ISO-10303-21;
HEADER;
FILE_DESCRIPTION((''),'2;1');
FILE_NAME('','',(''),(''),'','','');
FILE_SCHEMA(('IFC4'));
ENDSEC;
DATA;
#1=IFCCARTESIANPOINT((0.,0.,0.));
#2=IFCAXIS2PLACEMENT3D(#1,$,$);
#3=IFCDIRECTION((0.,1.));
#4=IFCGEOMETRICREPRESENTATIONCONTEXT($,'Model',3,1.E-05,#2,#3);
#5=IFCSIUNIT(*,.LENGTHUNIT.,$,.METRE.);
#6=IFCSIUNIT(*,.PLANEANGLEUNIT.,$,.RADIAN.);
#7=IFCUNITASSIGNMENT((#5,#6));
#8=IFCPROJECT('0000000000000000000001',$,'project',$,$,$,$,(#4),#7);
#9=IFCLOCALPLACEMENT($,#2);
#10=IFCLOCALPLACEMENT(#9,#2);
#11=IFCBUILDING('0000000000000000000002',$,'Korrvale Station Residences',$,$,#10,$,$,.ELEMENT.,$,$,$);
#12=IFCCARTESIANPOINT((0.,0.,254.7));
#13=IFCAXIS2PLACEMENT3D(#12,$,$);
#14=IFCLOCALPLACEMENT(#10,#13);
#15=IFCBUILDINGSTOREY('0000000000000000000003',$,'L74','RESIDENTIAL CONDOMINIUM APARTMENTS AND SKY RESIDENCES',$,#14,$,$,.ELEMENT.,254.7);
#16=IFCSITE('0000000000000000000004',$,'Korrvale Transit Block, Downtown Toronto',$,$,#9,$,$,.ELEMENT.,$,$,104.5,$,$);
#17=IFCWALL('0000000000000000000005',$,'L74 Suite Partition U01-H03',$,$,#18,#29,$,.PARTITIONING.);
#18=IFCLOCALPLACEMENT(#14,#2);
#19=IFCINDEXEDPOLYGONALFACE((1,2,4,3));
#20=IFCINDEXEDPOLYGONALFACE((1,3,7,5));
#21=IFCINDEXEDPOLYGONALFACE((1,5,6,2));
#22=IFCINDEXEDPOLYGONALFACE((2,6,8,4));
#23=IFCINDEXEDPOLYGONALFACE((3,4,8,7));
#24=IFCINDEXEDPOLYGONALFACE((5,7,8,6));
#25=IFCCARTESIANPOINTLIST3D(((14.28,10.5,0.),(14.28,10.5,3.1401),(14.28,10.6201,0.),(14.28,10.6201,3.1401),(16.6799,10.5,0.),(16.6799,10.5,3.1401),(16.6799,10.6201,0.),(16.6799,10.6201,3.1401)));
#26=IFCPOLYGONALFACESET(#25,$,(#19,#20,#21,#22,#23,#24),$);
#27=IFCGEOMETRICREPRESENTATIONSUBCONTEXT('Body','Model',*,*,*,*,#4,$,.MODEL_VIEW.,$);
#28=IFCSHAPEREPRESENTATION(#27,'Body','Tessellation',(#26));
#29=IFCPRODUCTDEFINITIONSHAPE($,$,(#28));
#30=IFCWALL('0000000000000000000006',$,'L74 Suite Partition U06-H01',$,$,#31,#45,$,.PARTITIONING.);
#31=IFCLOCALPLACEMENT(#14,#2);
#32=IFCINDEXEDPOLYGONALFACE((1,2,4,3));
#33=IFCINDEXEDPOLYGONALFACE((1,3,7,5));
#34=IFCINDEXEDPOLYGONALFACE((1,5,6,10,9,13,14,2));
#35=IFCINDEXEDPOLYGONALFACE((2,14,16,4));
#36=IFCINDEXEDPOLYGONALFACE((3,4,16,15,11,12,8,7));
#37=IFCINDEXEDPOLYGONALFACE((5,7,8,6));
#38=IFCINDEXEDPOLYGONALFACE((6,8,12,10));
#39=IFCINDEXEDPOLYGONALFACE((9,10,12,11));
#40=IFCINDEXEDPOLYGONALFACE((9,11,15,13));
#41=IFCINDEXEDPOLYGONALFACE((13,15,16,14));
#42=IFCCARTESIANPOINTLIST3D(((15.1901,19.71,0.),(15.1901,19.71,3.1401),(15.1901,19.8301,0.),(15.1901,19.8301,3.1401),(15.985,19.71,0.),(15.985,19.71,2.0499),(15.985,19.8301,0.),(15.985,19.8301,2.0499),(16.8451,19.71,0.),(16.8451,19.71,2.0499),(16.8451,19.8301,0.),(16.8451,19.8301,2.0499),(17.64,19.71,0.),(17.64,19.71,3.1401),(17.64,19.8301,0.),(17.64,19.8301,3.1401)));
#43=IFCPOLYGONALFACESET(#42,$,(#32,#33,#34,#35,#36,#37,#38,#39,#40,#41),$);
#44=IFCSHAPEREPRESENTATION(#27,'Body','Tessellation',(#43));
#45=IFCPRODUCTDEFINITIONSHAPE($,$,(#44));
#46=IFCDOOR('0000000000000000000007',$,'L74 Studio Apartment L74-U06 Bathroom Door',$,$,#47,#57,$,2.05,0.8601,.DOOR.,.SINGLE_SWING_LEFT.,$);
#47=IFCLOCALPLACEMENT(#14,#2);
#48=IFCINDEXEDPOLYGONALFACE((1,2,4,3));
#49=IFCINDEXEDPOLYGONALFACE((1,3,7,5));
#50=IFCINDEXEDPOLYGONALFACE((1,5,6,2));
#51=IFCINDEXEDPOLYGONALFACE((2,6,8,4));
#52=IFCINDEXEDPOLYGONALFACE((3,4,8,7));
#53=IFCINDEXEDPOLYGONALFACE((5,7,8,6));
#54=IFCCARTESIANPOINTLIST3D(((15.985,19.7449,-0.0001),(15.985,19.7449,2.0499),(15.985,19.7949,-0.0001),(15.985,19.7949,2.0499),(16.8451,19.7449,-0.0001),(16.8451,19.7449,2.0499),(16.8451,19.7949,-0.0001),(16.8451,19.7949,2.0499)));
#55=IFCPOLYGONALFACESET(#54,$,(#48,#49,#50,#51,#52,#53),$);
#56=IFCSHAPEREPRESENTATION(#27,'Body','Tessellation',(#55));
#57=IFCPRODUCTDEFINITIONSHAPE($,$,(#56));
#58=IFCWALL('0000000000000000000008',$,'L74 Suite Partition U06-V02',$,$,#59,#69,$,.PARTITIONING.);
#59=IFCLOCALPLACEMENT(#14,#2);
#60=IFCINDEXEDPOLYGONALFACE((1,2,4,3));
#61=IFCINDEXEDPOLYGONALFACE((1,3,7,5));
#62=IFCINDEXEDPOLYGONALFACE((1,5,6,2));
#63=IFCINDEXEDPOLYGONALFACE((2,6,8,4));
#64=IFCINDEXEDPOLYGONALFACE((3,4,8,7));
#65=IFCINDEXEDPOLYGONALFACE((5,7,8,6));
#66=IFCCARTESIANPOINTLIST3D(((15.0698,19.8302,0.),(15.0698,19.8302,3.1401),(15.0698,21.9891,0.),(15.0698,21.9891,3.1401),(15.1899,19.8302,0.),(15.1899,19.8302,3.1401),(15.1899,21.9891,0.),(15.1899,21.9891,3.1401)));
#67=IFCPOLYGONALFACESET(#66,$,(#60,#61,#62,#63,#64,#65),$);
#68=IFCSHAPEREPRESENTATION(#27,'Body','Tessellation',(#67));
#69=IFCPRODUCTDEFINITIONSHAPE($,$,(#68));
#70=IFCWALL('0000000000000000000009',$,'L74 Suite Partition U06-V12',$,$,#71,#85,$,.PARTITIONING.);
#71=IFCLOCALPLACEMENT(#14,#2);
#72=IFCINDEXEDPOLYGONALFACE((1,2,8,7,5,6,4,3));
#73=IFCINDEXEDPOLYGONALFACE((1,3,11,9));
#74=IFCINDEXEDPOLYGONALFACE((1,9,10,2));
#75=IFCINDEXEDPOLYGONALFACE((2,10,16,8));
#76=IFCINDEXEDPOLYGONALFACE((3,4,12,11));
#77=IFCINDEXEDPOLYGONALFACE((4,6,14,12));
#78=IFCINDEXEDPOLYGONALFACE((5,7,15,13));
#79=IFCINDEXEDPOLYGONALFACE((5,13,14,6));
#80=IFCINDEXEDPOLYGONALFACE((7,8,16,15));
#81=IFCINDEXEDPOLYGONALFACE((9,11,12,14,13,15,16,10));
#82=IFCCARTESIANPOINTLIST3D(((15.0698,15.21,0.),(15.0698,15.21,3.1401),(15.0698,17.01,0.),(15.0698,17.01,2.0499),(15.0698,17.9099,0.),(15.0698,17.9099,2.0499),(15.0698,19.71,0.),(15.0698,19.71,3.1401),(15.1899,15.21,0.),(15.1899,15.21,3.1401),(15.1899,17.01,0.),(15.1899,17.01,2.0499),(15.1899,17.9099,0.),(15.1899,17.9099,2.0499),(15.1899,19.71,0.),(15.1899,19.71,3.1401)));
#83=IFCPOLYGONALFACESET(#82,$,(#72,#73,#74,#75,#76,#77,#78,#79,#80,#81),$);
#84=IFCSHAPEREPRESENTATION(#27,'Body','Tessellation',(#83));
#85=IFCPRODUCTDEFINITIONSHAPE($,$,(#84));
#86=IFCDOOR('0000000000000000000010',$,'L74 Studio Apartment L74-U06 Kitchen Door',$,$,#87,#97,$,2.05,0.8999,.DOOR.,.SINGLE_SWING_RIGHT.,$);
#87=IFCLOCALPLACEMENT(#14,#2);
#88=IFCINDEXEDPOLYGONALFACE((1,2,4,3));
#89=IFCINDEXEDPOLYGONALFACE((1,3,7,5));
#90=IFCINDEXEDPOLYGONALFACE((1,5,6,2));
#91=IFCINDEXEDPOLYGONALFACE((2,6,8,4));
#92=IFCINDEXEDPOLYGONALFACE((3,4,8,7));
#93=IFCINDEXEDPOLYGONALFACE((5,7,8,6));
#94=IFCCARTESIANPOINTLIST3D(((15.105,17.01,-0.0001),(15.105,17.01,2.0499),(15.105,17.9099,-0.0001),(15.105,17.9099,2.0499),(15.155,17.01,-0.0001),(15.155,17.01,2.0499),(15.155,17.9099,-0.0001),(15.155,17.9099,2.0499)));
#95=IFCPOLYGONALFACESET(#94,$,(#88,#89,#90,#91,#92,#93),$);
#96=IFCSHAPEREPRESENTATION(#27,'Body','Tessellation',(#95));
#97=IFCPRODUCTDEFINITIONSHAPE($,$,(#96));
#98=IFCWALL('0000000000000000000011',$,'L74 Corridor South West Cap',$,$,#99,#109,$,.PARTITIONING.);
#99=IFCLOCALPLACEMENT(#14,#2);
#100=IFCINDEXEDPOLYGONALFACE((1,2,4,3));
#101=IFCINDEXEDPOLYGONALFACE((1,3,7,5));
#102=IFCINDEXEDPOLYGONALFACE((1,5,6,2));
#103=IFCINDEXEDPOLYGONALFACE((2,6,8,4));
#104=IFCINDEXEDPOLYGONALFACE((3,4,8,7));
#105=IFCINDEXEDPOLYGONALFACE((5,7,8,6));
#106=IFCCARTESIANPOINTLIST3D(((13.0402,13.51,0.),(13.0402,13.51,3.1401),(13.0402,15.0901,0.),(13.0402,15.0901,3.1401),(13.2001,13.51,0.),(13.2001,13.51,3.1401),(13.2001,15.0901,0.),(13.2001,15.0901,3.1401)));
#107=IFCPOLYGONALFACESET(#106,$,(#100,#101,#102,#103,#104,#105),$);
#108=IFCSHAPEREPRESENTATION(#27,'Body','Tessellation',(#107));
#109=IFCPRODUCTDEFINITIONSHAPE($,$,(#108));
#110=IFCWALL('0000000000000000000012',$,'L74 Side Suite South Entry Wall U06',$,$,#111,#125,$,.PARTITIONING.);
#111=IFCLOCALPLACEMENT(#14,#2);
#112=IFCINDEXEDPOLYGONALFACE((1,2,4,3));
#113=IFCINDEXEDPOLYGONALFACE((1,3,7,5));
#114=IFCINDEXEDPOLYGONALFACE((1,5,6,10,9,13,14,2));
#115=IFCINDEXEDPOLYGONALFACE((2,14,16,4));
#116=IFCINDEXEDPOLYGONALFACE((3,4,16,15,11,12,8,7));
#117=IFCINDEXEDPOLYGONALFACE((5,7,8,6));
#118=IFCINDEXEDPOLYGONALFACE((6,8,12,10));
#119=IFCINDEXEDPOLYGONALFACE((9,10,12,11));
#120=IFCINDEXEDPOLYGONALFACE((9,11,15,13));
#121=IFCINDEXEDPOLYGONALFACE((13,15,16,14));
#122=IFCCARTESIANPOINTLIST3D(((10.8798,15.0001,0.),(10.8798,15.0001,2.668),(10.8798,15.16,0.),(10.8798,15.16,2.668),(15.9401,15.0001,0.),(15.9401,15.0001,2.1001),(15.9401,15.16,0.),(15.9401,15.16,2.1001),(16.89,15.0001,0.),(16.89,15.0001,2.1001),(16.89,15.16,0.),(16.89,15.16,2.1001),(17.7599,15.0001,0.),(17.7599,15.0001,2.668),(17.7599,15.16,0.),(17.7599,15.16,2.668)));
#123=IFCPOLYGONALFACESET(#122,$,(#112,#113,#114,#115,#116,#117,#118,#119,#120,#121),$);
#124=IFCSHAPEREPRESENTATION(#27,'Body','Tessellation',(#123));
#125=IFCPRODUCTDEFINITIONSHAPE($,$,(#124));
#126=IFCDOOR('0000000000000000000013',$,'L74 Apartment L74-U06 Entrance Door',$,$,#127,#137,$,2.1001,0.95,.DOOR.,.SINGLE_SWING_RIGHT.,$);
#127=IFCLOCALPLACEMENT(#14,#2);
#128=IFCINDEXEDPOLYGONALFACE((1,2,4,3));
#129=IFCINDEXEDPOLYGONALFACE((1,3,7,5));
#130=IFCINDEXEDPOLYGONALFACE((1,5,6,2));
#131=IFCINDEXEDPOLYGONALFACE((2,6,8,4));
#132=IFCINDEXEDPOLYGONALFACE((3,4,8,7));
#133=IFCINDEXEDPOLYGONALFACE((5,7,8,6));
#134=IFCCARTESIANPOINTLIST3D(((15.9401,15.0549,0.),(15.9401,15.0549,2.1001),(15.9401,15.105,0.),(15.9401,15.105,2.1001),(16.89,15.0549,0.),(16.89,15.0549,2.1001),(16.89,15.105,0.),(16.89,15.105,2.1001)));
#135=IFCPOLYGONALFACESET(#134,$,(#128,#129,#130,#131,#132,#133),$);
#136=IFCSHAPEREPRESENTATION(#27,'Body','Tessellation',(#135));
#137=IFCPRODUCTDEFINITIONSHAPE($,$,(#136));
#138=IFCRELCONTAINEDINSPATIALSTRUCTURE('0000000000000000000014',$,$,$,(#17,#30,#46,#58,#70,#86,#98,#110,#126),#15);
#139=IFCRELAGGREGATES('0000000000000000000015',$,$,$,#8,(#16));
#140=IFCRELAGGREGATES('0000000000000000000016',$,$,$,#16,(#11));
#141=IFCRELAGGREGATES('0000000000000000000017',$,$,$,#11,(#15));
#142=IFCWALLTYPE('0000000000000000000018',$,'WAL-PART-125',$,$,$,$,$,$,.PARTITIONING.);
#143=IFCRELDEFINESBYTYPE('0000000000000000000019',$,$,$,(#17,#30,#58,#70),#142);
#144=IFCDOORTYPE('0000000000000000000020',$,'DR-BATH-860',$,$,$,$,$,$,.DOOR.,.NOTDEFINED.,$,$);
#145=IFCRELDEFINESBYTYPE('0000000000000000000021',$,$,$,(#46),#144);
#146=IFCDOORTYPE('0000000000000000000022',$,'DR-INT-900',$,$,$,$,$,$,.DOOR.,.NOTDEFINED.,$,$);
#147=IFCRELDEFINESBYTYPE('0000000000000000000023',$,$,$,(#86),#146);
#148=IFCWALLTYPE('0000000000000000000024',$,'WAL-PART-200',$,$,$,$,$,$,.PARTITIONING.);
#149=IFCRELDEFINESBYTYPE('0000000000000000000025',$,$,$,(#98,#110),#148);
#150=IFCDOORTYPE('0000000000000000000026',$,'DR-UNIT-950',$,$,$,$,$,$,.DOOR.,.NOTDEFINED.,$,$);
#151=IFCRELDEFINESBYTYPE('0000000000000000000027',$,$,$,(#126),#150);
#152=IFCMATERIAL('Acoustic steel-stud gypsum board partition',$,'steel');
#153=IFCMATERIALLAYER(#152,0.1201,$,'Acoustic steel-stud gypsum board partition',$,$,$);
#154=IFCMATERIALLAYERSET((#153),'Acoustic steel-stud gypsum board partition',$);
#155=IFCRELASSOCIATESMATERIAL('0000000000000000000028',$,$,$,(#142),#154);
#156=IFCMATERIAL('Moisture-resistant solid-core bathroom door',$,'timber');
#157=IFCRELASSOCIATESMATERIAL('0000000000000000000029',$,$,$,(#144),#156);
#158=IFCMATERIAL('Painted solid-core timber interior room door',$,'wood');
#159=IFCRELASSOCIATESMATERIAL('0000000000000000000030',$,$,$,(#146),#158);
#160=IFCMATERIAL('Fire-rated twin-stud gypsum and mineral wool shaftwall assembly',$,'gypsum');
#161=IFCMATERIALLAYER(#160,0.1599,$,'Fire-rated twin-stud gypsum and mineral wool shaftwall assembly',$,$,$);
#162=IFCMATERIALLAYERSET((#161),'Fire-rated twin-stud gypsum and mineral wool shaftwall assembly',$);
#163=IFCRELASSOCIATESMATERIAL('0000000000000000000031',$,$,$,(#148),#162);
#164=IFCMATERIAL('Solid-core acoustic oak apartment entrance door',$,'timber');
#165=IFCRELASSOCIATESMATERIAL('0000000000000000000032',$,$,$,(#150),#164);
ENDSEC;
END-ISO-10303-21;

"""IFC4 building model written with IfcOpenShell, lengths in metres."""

from ifc_helpers import new_model, si_unit, direction, frame, frame_2d, origin, place, context, subcontext, project, spatial, rectangle, extrude, material, layer, layer_set, type_object, element, fill, save


model = new_model("IFC4")

# Units and contexts
model_context = context("Model", 3, precision=1e-05, world=origin(), true_north=direction((0.0, 1.0)))
body_context = subcontext(model_context, "Body", "Model", "MODEL_VIEW")
ifc_project = project(units=[si_unit("LENGTHUNIT", "METRE"), si_unit("PLANEANGLEUNIT", "RADIAN")], contexts=[model_context])

# Site, building, storey
site_placement = place(None, origin())
site = spatial("IfcSite", under=ifc_project, at=site_placement, Name="Korrvale Transit Block, Downtown Toronto", CompositionType="ELEMENT", RefElevation=104.5)
building_placement = place(site_placement, origin())
building = spatial("IfcBuilding", under=site, at=building_placement, Name="Korrvale Station Residences", CompositionType="ELEMENT")
storey_placement = place(building_placement, frame((0.0, 0.0, 254.7)))
storey = spatial("IfcBuildingStorey", under=building, at=storey_placement, Name="L74", Description="RESIDENTIAL CONDOMINIUM APARTMENTS AND SKY RESIDENCES", CompositionType="ELEMENT", Elevation=254.7)

# Wall
ifc_material_1 = material(Name="Acoustic steel-stud gypsum board partition", Category="steel")
ifc_layer_1 = layer(ifc_material_1, 0.1201, Name="Acoustic steel-stud gypsum board partition")
ifc_layer_set_1 = layer_set([ifc_layer_1], Name="Acoustic steel-stud gypsum board partition")
wall_type_1 = type_object("IfcWallType", Name="WAL-PART-125", PredefinedType="PARTITIONING", material=ifc_layer_set_1)
wall_1_placement = place(storey_placement, frame((14.28, 10.5601, 0.0), z_axis=(0.0, 0.0, 1.0), x_axis=(1.0, 0.0, 0.0)))
element("IfcWall", 1, at=wall_1_placement, inside=storey, type_object=wall_type_1, Name="L74 Suite Partition U01-H03", PredefinedType="PARTITIONING", context=body_context, shape_type="SweptSolid", body=[
    extrude(rectangle(XDim=2.3999, YDim=0.1201, at=frame_2d((1.2, 0.0))), origin(), (0.0, 0.0, 1.0), 3.1401),
])

# Wall, opening, door
wall_2_placement = place(storey_placement, frame((15.1899, 19.77, 0.0), z_axis=(0.0, 0.0, 1.0), x_axis=(1.0, 0.0, 0.0)))
wall_2 = element("IfcWall", 2, at=wall_2_placement, inside=storey, type_object=wall_type_1, Name="L74 Suite Partition U06-H01", PredefinedType="PARTITIONING", context=body_context, shape_type="SweptSolid", body=[
    extrude(rectangle(XDim=2.45, YDim=0.1201, at=frame_2d((1.2251, 0.0))), origin(), (0.0, 0.0, 1.0), 3.1401),
])
opening_1_placement = place(wall_2_placement, frame((0.7949, 0.0, 0.0)))
opening_1 = element("IfcOpeningElement", 3, at=opening_1_placement, cuts=wall_2, PredefinedType="OPENING", context=body_context, shape_type="SweptSolid", body=[
    extrude(rectangle(XDim=0.8601, YDim=2.05, at=frame_2d((0.4302, 1.0249))), frame((0.0, 0.0701, 0.0), z_axis=(0.0, -1.0, 0.0), x_axis=(1.0, 0.0, 0.0)), (0.0, 0.0, 1.0), 0.1401),
])
ifc_material_2 = material(Name="Moisture-resistant solid-core bathroom door", Category="timber")
door_type_1 = type_object("IfcDoorType", Name="DR-BATH-860", OperationType="NOTDEFINED", PredefinedType="DOOR", material=ifc_material_2)
door_1_placement = place(opening_1_placement, origin())
door_1 = element("IfcDoor", 4, at=door_1_placement, inside=storey, type_object=door_type_1, Name="L74 Studio Apartment L74-U06 Bathroom Door", OperationType="SINGLE_SWING_LEFT", OverallHeight=2.05, OverallWidth=0.8601, PredefinedType="DOOR", context=body_context, shape_type="SweptSolid", body=[
    extrude(rectangle(XDim=0.8601, YDim=2.05, at=frame_2d((0.4302, 1.0249))), frame((0.0, 0.0249, 0.0), z_axis=(0.0, -1.0, 0.0), x_axis=(1.0, 0.0, 0.0)), (0.0, 0.0, 1.0), 0.05),
])
fill(opening_1, door_1)

# Wall
wall_3_placement = place(storey_placement, frame((15.1299, 19.8301, 0.0), z_axis=(0.0, 0.0, 1.0), x_axis=(0.0, 1.0, 0.0)))
element("IfcWall", 5, at=wall_3_placement, inside=storey, type_object=wall_type_1, Name="L74 Suite Partition U06-V02", PredefinedType="PARTITIONING", context=body_context, shape_type="SweptSolid", body=[
    extrude(rectangle(XDim=2.1589, YDim=0.1201, at=frame_2d((1.0796, 0.0))), origin(), (0.0, 0.0, 1.0), 3.1401),
])

# Wall, opening, door
wall_4_placement = place(storey_placement, frame((15.1299, 15.21, 0.0), z_axis=(0.0, 0.0, 1.0), x_axis=(0.0, 1.0, 0.0)))
wall_4 = element("IfcWall", 6, at=wall_4_placement, inside=storey, type_object=wall_type_1, Name="L74 Suite Partition U06-V12", PredefinedType="PARTITIONING", context=body_context, shape_type="SweptSolid", body=[
    extrude(rectangle(XDim=4.5, YDim=0.1201, at=frame_2d((2.25, 0.0))), origin(), (0.0, 0.0, 1.0), 3.1401),
])
opening_2_placement = place(wall_4_placement, frame((1.8, 0.0, 0.0)))
opening_2 = element("IfcOpeningElement", 7, at=opening_2_placement, cuts=wall_4, PredefinedType="OPENING", context=body_context, shape_type="SweptSolid", body=[
    extrude(rectangle(XDim=0.8999, YDim=2.05, at=frame_2d((0.45, 1.0249))), frame((0.0, 0.0701, 0.0), z_axis=(0.0, -1.0, 0.0), x_axis=(1.0, 0.0, 0.0)), (0.0, 0.0, 1.0), 0.1401),
])
ifc_material_3 = material(Name="Painted solid-core timber interior room door", Category="wood")
door_type_2 = type_object("IfcDoorType", Name="DR-INT-900", OperationType="NOTDEFINED", PredefinedType="DOOR", material=ifc_material_3)
door_2_placement = place(opening_2_placement, origin())
door_2 = element("IfcDoor", 8, at=door_2_placement, inside=storey, type_object=door_type_2, Name="L74 Studio Apartment L74-U06 Kitchen Door", OperationType="SINGLE_SWING_RIGHT", OverallHeight=2.05, OverallWidth=0.8999, PredefinedType="DOOR", context=body_context, shape_type="SweptSolid", body=[
    extrude(rectangle(XDim=0.8999, YDim=2.05, at=frame_2d((0.45, 1.0249))), frame((0.0, 0.0249, 0.0), z_axis=(0.0, -1.0, 0.0), x_axis=(1.0, 0.0, 0.0)), (0.0, 0.0, 1.0), 0.05),
])
fill(opening_2, door_2)

# Wall
ifc_material_4 = material(Name="Fire-rated twin-stud gypsum and mineral wool shaftwall assembly", Category="gypsum")
ifc_layer_2 = layer(ifc_material_4, 0.1599, Name="Fire-rated twin-stud gypsum and mineral wool shaftwall assembly")
ifc_layer_set_2 = layer_set([ifc_layer_2], Name="Fire-rated twin-stud gypsum and mineral wool shaftwall assembly")
wall_type_2 = type_object("IfcWallType", Name="WAL-PART-200", PredefinedType="PARTITIONING", material=ifc_layer_set_2)
wall_5_placement = place(storey_placement, frame((13.1201, 13.51, 0.0), z_axis=(0.0, 0.0, 1.0), x_axis=(0.0, 1.0, 0.0)))
element("IfcWall", 9, at=wall_5_placement, inside=storey, type_object=wall_type_2, Name="L74 Corridor South West Cap", PredefinedType="PARTITIONING", context=body_context, shape_type="SweptSolid", body=[
    extrude(rectangle(XDim=1.5801, YDim=0.1599, at=frame_2d((0.79, 0.0))), origin(), (0.0, 0.0, 1.0), 3.1401),
])

# Wall, opening, door
wall_6_placement = place(storey_placement, frame((10.8799, 15.0801, 0.0), z_axis=(0.0, 0.0, 1.0), x_axis=(1.0, 0.0, 0.0)))
wall_6 = element("IfcWall", 10, at=wall_6_placement, inside=storey, type_object=wall_type_2, Name="L74 Side Suite South Entry Wall U06", PredefinedType="PARTITIONING", context=body_context, shape_type="SweptSolid", body=[
    extrude(rectangle(XDim=6.8801, YDim=0.1599, at=frame_2d((3.4399, 0.0))), origin(), (0.0, 0.0, 1.0), 2.668),
])
opening_3_placement = place(wall_6_placement, frame((5.0601, 0.0, 0.0)))
opening_3 = element("IfcOpeningElement", 11, at=opening_3_placement, cuts=wall_6, PredefinedType="OPENING", context=body_context, shape_type="SweptSolid", body=[
    extrude(rectangle(XDim=0.95, YDim=2.1001, at=frame_2d((0.4751, 1.05))), frame((0.0, 0.0898, 0.0), z_axis=(0.0, -1.0, 0.0), x_axis=(1.0, 0.0, 0.0)), (0.0, 0.0, 1.0), 0.1799),
])
ifc_material_5 = material(Name="Solid-core acoustic oak apartment entrance door", Category="timber")
door_type_3 = type_object("IfcDoorType", Name="DR-UNIT-950", OperationType="NOTDEFINED", PredefinedType="DOOR", material=ifc_material_5)
door_3_placement = place(opening_3_placement, origin())
door_3 = element("IfcDoor", 12, at=door_3_placement, inside=storey, type_object=door_type_3, Name="L74 Apartment L74-U06 Entrance Door", OperationType="SINGLE_SWING_RIGHT", OverallHeight=2.1001, OverallWidth=0.95, PredefinedType="DOOR", context=body_context, shape_type="SweptSolid", body=[
    extrude(rectangle(XDim=0.95, YDim=2.1001, at=frame_2d((0.4751, 1.05))), frame((0.0, 0.0249, 0.0), z_axis=(0.0, -1.0, 0.0), x_axis=(1.0, 0.0, 0.0)), (0.0, 0.0, 1.0), 0.05),
])
fill(opening_3, door_3)

save(model, "model.ifc")
